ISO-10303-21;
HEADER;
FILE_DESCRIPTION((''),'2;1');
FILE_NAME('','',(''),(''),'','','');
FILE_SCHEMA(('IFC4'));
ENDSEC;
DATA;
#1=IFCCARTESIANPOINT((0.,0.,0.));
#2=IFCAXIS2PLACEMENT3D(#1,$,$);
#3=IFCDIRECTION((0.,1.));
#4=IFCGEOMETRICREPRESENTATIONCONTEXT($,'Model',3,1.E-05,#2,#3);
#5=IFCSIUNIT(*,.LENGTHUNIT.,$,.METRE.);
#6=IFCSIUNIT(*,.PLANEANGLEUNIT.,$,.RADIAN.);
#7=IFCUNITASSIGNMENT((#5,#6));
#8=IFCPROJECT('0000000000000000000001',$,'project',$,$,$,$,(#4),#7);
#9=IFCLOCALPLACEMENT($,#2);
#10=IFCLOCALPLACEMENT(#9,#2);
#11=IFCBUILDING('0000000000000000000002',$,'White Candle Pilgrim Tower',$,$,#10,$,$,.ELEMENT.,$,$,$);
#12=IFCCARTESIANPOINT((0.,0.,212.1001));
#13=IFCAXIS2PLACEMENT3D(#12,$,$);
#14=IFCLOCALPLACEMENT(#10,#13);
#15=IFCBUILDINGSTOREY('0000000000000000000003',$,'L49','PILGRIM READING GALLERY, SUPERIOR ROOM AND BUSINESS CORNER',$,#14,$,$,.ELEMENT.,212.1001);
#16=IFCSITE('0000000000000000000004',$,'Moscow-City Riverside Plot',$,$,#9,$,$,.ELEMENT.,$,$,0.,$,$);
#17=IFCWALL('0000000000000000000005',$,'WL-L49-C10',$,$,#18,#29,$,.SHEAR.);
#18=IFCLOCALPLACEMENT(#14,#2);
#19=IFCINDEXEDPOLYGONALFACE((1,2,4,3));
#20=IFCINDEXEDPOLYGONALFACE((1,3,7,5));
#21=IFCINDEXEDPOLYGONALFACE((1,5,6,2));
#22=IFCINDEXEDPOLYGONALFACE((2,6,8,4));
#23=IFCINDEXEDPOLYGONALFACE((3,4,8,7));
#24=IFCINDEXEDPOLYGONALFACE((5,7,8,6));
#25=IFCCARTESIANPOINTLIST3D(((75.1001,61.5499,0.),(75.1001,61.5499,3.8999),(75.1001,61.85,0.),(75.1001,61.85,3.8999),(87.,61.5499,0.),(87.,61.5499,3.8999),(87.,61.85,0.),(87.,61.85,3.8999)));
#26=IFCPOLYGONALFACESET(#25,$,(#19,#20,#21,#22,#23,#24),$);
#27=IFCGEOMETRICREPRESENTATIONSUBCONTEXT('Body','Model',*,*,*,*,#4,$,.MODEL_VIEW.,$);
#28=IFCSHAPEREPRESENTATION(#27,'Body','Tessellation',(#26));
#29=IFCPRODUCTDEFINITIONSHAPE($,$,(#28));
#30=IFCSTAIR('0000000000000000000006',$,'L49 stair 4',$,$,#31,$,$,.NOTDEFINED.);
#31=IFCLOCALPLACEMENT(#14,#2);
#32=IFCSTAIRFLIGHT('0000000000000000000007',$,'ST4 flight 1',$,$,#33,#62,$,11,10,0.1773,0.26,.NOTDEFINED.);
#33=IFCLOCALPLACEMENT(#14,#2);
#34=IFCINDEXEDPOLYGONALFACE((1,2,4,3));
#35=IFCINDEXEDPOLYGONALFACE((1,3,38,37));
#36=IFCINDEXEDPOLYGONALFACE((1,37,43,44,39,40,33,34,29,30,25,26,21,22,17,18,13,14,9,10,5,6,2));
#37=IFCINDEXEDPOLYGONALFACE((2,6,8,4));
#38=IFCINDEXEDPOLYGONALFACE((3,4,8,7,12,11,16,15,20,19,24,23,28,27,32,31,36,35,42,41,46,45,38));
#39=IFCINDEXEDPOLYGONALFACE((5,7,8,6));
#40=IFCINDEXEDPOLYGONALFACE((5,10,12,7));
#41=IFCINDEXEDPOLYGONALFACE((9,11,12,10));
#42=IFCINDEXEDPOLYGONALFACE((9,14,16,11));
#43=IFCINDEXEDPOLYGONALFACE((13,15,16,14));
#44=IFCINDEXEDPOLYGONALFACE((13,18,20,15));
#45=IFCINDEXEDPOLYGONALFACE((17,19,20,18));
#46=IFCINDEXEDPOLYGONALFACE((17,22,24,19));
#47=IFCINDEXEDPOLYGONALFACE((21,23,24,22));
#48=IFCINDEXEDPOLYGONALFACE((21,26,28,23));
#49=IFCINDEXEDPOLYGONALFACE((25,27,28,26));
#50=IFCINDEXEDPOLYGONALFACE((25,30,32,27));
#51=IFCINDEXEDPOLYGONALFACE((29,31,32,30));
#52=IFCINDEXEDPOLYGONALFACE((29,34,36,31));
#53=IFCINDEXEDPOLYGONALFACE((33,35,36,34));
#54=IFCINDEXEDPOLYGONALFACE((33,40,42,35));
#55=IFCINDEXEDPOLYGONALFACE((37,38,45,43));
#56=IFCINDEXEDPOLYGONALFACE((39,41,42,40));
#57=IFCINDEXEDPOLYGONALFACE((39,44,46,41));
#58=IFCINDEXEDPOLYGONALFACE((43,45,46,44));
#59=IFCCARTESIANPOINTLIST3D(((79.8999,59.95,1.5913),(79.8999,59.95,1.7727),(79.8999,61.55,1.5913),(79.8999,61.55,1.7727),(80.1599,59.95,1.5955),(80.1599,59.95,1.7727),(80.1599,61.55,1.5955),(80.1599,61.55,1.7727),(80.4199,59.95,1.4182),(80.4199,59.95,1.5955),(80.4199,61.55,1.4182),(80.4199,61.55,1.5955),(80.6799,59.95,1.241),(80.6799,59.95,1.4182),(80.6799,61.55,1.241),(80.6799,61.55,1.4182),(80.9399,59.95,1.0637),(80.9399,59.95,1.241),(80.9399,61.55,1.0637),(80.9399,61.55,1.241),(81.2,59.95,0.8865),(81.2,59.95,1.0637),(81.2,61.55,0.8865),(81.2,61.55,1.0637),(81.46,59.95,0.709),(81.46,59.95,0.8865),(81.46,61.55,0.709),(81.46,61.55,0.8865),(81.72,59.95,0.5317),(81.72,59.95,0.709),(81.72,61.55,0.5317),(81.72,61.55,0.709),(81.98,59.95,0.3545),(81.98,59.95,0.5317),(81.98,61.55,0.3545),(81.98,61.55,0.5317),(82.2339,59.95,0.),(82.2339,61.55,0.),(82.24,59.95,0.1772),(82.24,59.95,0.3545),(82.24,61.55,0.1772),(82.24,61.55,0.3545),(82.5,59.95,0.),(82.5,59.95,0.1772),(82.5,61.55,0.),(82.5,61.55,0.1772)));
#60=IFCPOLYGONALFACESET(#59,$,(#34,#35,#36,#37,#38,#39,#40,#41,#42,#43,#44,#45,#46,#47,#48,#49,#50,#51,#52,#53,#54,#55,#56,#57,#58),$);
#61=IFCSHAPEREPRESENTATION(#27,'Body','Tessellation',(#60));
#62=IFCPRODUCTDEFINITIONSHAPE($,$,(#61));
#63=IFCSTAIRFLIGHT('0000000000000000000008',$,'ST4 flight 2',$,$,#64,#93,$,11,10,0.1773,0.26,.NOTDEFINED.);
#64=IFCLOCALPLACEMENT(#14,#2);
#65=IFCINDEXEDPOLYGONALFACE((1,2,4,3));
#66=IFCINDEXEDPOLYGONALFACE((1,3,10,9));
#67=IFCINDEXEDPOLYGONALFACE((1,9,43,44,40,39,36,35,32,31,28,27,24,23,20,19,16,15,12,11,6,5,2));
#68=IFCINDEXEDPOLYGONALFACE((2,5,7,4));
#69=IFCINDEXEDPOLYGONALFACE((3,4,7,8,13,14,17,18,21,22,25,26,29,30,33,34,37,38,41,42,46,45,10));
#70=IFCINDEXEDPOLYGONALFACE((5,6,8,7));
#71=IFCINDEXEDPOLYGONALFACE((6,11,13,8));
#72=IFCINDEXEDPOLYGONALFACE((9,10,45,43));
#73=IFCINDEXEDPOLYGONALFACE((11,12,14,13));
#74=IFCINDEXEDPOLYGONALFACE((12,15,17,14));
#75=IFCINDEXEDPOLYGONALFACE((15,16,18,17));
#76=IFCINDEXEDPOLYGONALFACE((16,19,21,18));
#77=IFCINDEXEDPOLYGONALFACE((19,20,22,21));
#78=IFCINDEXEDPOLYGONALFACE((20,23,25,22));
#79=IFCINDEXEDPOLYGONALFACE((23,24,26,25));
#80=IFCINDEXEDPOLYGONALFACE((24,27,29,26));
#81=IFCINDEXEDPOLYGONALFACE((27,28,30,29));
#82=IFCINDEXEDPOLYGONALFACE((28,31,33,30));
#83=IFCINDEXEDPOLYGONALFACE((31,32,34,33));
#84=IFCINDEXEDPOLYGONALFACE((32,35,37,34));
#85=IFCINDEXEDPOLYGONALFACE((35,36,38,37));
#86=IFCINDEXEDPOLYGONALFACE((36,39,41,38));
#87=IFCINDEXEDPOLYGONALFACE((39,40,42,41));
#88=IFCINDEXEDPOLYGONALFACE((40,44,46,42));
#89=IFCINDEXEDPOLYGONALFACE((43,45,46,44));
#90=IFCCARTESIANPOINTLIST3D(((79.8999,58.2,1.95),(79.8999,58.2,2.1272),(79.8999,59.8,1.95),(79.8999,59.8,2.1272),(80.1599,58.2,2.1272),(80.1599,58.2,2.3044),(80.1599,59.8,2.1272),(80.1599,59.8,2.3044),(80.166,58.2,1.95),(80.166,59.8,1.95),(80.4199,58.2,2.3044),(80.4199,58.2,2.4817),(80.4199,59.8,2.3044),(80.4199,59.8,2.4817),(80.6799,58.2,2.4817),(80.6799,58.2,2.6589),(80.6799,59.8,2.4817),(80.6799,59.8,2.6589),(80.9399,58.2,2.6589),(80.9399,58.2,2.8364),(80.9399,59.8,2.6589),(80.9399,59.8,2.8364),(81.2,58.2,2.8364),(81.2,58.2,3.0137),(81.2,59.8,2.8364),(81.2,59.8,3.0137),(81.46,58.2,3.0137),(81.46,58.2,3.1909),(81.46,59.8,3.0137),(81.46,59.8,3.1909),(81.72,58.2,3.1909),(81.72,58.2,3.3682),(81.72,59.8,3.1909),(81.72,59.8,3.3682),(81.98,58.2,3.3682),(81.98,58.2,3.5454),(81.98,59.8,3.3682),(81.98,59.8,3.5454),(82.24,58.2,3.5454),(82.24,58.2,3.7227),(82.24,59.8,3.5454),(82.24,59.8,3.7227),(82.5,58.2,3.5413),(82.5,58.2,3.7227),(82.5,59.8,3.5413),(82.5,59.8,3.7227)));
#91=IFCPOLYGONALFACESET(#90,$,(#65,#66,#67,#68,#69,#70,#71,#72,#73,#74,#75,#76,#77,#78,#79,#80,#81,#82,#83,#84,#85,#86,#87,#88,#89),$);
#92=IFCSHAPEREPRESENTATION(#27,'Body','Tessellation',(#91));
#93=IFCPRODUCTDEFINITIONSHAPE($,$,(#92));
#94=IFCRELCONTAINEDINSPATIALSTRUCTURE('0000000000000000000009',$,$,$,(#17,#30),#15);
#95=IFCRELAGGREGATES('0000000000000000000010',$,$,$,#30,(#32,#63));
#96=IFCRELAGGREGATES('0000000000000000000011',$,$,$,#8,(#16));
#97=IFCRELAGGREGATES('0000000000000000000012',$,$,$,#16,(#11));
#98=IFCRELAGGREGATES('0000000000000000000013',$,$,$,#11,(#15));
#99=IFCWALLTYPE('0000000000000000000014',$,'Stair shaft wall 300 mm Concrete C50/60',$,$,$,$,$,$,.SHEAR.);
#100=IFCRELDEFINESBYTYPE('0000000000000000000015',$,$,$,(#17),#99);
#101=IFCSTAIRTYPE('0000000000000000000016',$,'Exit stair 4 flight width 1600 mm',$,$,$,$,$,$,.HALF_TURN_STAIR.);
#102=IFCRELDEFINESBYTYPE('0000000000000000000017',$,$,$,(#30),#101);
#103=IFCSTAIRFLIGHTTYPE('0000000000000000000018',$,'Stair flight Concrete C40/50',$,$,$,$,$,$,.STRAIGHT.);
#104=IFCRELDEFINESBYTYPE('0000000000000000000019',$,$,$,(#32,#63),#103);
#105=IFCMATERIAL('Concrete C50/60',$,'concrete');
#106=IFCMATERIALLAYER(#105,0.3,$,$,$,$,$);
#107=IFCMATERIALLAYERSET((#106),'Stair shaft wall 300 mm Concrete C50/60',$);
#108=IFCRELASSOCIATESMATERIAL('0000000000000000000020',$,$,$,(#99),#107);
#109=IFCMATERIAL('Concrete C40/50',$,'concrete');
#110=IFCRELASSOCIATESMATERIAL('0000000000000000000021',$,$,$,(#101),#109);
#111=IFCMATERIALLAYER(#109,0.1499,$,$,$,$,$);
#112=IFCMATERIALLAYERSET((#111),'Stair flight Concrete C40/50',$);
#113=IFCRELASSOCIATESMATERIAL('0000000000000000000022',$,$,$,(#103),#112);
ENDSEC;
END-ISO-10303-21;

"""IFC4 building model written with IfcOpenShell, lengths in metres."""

from ifc_helpers import new_model, si_unit, direction, frame, frame_2d, origin, place, context, subcontext, project, spatial, polyline, rectangle, outline, extrude, material, layer, layer_set, type_object, element, aggregate, save


model = new_model("IFC4")

# Units and contexts
model_context = context("Model", 3, precision=1e-05, world=origin(), true_north=direction((0.0, 1.0)))
body_context = subcontext(model_context, "Body", "Model", "MODEL_VIEW")
ifc_project = project(units=[si_unit("LENGTHUNIT", "METRE"), si_unit("PLANEANGLEUNIT", "RADIAN")], contexts=[model_context])

# Site, building, storey
site_placement = place(None, origin())
site = spatial("IfcSite", under=ifc_project, at=site_placement, Name="Moscow-City Riverside Plot", CompositionType="ELEMENT", RefElevation=0.0)
building_placement = place(site_placement, origin())
building = spatial("IfcBuilding", under=site, at=building_placement, Name="White Candle Pilgrim Tower", CompositionType="ELEMENT")
storey_placement = place(building_placement, frame((0.0, 0.0, 212.1001)))
storey = spatial("IfcBuildingStorey", under=building, at=storey_placement, Name="L49", Description="PILGRIM READING GALLERY, SUPERIOR ROOM AND BUSINESS CORNER", CompositionType="ELEMENT", Elevation=212.1001)

# Wall
ifc_material_1 = material(Name="Concrete C50/60", Category="concrete")
ifc_layer_1 = layer(ifc_material_1, 0.3)
ifc_layer_set_1 = layer_set([ifc_layer_1], Name="Stair shaft wall 300 mm Concrete C50/60")
wall_type_1 = type_object("IfcWallType", Name="Stair shaft wall 300 mm Concrete C50/60", PredefinedType="SHEAR", material=ifc_layer_set_1)
wall_1_placement = place(storey_placement, frame((75.1001, 61.7, 0.0), z_axis=(0.0, 0.0, 1.0), x_axis=(1.0, 0.0, 0.0)))
element("IfcWall", 1, at=wall_1_placement, inside=storey, type_object=wall_type_1, Name="WL-L49-C10", PredefinedType="SHEAR", context=body_context, shape_type="SweptSolid", body=[
    extrude(rectangle(XDim=11.8999, YDim=0.3, at=frame_2d((5.95, 0.0))), origin(), (0.0, 0.0, 1.0), 3.8999),
])

# Stair, stair flights
ifc_material_2 = material(Name="Concrete C40/50", Category="concrete")
stair_type = type_object("IfcStairType", Name="Exit stair 4 flight width 1600 mm", PredefinedType="HALF_TURN_STAIR", material=ifc_material_2)
stair_placement = place(storey_placement, origin())
stair = element("IfcStair", 2, at=stair_placement, inside=storey, type_object=stair_type, Name="L49 stair 4", PredefinedType="NOTDEFINED")
ifc_layer_2 = layer(ifc_material_2, 0.1499)
ifc_layer_set_2 = layer_set([ifc_layer_2], Name="Stair flight Concrete C40/50")
stair_flight_type = type_object("IfcStairFlightType", Name="Stair flight Concrete C40/50", PredefinedType="STRAIGHT", material=ifc_layer_set_2)
stair_flight_1_placement = place(storey_placement, frame((82.5, 60.75, 0.0), z_axis=(0.0, 0.0, 1.0), x_axis=(-1.0, 0.0, 0.0)))
stair_flight_1 = element("IfcStairFlight", 3, at=stair_flight_1_placement, type_object=stair_flight_type, Name="ST4 flight 1", NumberOfRisers=11, NumberOfTreads=10, PredefinedType="NOTDEFINED", RiserHeight=0.1773, TreadLength=0.26, context=body_context, shape_type="SweptSolid", body=[
    extrude(outline(polyline([(0.0, 0.0), (0.0, 0.1772), (0.26, 0.1772), (0.26, 0.3545), (0.52, 0.3545), (0.52, 0.5317), (0.78, 0.5317), (0.78, 0.709), (1.04, 0.709), (1.04, 0.8865), (1.3, 0.8865), (1.3, 1.0637), (1.5601, 1.0637), (1.5601, 1.241), (1.8201, 1.241), (1.8201, 1.4182), (2.0801, 1.4182), (2.0801, 1.5955), (2.3401, 1.5955), (2.3401, 1.7727), (2.6001, 1.7727), (2.6001, 1.95), (2.6001, 1.5913), (0.2661, 0.0), (0.0, 0.0)])), frame((0.0, 0.8, 0.0), z_axis=(0.0, -1.0, 0.0), x_axis=(1.0, 0.0, 0.0)), (0.0, 0.0, 1.0), 1.6001),
])
stair_flight_2_placement = place(storey_placement, frame((79.8999, 59.0, 1.95), z_axis=(0.0, 0.0, 1.0), x_axis=(1.0, 0.0, 0.0)))
stair_flight_2 = element("IfcStairFlight", 4, at=stair_flight_2_placement, type_object=stair_flight_type, Name="ST4 flight 2", NumberOfRisers=11, NumberOfTreads=10, PredefinedType="NOTDEFINED", RiserHeight=0.1773, TreadLength=0.26, context=body_context, shape_type="SweptSolid", body=[
    extrude(outline(polyline([(0.0, 0.0), (0.0, 0.1772), (0.26, 0.1772), (0.26, 0.3545), (0.52, 0.3545), (0.52, 0.5317), (0.78, 0.5317), (0.78, 0.709), (1.04, 0.709), (1.04, 0.8865), (1.3, 0.8865), (1.3, 1.0637), (1.5601, 1.0637), (1.5601, 1.241), (1.8201, 1.241), (1.8201, 1.4182), (2.0801, 1.4182), (2.0801, 1.5955), (2.3401, 1.5955), (2.3401, 1.7727), (2.6001, 1.7727), (2.6001, 1.95), (2.6001, 1.5913), (0.2661, 0.0), (0.0, 0.0)])), frame((0.0, 0.8, 0.0), z_axis=(0.0, -1.0, 0.0), x_axis=(1.0, 0.0, 0.0)), (0.0, 0.0, 1.0), 1.6001),
])
aggregate(stair, [stair_flight_1, stair_flight_2])

save(model, "model.ifc")
